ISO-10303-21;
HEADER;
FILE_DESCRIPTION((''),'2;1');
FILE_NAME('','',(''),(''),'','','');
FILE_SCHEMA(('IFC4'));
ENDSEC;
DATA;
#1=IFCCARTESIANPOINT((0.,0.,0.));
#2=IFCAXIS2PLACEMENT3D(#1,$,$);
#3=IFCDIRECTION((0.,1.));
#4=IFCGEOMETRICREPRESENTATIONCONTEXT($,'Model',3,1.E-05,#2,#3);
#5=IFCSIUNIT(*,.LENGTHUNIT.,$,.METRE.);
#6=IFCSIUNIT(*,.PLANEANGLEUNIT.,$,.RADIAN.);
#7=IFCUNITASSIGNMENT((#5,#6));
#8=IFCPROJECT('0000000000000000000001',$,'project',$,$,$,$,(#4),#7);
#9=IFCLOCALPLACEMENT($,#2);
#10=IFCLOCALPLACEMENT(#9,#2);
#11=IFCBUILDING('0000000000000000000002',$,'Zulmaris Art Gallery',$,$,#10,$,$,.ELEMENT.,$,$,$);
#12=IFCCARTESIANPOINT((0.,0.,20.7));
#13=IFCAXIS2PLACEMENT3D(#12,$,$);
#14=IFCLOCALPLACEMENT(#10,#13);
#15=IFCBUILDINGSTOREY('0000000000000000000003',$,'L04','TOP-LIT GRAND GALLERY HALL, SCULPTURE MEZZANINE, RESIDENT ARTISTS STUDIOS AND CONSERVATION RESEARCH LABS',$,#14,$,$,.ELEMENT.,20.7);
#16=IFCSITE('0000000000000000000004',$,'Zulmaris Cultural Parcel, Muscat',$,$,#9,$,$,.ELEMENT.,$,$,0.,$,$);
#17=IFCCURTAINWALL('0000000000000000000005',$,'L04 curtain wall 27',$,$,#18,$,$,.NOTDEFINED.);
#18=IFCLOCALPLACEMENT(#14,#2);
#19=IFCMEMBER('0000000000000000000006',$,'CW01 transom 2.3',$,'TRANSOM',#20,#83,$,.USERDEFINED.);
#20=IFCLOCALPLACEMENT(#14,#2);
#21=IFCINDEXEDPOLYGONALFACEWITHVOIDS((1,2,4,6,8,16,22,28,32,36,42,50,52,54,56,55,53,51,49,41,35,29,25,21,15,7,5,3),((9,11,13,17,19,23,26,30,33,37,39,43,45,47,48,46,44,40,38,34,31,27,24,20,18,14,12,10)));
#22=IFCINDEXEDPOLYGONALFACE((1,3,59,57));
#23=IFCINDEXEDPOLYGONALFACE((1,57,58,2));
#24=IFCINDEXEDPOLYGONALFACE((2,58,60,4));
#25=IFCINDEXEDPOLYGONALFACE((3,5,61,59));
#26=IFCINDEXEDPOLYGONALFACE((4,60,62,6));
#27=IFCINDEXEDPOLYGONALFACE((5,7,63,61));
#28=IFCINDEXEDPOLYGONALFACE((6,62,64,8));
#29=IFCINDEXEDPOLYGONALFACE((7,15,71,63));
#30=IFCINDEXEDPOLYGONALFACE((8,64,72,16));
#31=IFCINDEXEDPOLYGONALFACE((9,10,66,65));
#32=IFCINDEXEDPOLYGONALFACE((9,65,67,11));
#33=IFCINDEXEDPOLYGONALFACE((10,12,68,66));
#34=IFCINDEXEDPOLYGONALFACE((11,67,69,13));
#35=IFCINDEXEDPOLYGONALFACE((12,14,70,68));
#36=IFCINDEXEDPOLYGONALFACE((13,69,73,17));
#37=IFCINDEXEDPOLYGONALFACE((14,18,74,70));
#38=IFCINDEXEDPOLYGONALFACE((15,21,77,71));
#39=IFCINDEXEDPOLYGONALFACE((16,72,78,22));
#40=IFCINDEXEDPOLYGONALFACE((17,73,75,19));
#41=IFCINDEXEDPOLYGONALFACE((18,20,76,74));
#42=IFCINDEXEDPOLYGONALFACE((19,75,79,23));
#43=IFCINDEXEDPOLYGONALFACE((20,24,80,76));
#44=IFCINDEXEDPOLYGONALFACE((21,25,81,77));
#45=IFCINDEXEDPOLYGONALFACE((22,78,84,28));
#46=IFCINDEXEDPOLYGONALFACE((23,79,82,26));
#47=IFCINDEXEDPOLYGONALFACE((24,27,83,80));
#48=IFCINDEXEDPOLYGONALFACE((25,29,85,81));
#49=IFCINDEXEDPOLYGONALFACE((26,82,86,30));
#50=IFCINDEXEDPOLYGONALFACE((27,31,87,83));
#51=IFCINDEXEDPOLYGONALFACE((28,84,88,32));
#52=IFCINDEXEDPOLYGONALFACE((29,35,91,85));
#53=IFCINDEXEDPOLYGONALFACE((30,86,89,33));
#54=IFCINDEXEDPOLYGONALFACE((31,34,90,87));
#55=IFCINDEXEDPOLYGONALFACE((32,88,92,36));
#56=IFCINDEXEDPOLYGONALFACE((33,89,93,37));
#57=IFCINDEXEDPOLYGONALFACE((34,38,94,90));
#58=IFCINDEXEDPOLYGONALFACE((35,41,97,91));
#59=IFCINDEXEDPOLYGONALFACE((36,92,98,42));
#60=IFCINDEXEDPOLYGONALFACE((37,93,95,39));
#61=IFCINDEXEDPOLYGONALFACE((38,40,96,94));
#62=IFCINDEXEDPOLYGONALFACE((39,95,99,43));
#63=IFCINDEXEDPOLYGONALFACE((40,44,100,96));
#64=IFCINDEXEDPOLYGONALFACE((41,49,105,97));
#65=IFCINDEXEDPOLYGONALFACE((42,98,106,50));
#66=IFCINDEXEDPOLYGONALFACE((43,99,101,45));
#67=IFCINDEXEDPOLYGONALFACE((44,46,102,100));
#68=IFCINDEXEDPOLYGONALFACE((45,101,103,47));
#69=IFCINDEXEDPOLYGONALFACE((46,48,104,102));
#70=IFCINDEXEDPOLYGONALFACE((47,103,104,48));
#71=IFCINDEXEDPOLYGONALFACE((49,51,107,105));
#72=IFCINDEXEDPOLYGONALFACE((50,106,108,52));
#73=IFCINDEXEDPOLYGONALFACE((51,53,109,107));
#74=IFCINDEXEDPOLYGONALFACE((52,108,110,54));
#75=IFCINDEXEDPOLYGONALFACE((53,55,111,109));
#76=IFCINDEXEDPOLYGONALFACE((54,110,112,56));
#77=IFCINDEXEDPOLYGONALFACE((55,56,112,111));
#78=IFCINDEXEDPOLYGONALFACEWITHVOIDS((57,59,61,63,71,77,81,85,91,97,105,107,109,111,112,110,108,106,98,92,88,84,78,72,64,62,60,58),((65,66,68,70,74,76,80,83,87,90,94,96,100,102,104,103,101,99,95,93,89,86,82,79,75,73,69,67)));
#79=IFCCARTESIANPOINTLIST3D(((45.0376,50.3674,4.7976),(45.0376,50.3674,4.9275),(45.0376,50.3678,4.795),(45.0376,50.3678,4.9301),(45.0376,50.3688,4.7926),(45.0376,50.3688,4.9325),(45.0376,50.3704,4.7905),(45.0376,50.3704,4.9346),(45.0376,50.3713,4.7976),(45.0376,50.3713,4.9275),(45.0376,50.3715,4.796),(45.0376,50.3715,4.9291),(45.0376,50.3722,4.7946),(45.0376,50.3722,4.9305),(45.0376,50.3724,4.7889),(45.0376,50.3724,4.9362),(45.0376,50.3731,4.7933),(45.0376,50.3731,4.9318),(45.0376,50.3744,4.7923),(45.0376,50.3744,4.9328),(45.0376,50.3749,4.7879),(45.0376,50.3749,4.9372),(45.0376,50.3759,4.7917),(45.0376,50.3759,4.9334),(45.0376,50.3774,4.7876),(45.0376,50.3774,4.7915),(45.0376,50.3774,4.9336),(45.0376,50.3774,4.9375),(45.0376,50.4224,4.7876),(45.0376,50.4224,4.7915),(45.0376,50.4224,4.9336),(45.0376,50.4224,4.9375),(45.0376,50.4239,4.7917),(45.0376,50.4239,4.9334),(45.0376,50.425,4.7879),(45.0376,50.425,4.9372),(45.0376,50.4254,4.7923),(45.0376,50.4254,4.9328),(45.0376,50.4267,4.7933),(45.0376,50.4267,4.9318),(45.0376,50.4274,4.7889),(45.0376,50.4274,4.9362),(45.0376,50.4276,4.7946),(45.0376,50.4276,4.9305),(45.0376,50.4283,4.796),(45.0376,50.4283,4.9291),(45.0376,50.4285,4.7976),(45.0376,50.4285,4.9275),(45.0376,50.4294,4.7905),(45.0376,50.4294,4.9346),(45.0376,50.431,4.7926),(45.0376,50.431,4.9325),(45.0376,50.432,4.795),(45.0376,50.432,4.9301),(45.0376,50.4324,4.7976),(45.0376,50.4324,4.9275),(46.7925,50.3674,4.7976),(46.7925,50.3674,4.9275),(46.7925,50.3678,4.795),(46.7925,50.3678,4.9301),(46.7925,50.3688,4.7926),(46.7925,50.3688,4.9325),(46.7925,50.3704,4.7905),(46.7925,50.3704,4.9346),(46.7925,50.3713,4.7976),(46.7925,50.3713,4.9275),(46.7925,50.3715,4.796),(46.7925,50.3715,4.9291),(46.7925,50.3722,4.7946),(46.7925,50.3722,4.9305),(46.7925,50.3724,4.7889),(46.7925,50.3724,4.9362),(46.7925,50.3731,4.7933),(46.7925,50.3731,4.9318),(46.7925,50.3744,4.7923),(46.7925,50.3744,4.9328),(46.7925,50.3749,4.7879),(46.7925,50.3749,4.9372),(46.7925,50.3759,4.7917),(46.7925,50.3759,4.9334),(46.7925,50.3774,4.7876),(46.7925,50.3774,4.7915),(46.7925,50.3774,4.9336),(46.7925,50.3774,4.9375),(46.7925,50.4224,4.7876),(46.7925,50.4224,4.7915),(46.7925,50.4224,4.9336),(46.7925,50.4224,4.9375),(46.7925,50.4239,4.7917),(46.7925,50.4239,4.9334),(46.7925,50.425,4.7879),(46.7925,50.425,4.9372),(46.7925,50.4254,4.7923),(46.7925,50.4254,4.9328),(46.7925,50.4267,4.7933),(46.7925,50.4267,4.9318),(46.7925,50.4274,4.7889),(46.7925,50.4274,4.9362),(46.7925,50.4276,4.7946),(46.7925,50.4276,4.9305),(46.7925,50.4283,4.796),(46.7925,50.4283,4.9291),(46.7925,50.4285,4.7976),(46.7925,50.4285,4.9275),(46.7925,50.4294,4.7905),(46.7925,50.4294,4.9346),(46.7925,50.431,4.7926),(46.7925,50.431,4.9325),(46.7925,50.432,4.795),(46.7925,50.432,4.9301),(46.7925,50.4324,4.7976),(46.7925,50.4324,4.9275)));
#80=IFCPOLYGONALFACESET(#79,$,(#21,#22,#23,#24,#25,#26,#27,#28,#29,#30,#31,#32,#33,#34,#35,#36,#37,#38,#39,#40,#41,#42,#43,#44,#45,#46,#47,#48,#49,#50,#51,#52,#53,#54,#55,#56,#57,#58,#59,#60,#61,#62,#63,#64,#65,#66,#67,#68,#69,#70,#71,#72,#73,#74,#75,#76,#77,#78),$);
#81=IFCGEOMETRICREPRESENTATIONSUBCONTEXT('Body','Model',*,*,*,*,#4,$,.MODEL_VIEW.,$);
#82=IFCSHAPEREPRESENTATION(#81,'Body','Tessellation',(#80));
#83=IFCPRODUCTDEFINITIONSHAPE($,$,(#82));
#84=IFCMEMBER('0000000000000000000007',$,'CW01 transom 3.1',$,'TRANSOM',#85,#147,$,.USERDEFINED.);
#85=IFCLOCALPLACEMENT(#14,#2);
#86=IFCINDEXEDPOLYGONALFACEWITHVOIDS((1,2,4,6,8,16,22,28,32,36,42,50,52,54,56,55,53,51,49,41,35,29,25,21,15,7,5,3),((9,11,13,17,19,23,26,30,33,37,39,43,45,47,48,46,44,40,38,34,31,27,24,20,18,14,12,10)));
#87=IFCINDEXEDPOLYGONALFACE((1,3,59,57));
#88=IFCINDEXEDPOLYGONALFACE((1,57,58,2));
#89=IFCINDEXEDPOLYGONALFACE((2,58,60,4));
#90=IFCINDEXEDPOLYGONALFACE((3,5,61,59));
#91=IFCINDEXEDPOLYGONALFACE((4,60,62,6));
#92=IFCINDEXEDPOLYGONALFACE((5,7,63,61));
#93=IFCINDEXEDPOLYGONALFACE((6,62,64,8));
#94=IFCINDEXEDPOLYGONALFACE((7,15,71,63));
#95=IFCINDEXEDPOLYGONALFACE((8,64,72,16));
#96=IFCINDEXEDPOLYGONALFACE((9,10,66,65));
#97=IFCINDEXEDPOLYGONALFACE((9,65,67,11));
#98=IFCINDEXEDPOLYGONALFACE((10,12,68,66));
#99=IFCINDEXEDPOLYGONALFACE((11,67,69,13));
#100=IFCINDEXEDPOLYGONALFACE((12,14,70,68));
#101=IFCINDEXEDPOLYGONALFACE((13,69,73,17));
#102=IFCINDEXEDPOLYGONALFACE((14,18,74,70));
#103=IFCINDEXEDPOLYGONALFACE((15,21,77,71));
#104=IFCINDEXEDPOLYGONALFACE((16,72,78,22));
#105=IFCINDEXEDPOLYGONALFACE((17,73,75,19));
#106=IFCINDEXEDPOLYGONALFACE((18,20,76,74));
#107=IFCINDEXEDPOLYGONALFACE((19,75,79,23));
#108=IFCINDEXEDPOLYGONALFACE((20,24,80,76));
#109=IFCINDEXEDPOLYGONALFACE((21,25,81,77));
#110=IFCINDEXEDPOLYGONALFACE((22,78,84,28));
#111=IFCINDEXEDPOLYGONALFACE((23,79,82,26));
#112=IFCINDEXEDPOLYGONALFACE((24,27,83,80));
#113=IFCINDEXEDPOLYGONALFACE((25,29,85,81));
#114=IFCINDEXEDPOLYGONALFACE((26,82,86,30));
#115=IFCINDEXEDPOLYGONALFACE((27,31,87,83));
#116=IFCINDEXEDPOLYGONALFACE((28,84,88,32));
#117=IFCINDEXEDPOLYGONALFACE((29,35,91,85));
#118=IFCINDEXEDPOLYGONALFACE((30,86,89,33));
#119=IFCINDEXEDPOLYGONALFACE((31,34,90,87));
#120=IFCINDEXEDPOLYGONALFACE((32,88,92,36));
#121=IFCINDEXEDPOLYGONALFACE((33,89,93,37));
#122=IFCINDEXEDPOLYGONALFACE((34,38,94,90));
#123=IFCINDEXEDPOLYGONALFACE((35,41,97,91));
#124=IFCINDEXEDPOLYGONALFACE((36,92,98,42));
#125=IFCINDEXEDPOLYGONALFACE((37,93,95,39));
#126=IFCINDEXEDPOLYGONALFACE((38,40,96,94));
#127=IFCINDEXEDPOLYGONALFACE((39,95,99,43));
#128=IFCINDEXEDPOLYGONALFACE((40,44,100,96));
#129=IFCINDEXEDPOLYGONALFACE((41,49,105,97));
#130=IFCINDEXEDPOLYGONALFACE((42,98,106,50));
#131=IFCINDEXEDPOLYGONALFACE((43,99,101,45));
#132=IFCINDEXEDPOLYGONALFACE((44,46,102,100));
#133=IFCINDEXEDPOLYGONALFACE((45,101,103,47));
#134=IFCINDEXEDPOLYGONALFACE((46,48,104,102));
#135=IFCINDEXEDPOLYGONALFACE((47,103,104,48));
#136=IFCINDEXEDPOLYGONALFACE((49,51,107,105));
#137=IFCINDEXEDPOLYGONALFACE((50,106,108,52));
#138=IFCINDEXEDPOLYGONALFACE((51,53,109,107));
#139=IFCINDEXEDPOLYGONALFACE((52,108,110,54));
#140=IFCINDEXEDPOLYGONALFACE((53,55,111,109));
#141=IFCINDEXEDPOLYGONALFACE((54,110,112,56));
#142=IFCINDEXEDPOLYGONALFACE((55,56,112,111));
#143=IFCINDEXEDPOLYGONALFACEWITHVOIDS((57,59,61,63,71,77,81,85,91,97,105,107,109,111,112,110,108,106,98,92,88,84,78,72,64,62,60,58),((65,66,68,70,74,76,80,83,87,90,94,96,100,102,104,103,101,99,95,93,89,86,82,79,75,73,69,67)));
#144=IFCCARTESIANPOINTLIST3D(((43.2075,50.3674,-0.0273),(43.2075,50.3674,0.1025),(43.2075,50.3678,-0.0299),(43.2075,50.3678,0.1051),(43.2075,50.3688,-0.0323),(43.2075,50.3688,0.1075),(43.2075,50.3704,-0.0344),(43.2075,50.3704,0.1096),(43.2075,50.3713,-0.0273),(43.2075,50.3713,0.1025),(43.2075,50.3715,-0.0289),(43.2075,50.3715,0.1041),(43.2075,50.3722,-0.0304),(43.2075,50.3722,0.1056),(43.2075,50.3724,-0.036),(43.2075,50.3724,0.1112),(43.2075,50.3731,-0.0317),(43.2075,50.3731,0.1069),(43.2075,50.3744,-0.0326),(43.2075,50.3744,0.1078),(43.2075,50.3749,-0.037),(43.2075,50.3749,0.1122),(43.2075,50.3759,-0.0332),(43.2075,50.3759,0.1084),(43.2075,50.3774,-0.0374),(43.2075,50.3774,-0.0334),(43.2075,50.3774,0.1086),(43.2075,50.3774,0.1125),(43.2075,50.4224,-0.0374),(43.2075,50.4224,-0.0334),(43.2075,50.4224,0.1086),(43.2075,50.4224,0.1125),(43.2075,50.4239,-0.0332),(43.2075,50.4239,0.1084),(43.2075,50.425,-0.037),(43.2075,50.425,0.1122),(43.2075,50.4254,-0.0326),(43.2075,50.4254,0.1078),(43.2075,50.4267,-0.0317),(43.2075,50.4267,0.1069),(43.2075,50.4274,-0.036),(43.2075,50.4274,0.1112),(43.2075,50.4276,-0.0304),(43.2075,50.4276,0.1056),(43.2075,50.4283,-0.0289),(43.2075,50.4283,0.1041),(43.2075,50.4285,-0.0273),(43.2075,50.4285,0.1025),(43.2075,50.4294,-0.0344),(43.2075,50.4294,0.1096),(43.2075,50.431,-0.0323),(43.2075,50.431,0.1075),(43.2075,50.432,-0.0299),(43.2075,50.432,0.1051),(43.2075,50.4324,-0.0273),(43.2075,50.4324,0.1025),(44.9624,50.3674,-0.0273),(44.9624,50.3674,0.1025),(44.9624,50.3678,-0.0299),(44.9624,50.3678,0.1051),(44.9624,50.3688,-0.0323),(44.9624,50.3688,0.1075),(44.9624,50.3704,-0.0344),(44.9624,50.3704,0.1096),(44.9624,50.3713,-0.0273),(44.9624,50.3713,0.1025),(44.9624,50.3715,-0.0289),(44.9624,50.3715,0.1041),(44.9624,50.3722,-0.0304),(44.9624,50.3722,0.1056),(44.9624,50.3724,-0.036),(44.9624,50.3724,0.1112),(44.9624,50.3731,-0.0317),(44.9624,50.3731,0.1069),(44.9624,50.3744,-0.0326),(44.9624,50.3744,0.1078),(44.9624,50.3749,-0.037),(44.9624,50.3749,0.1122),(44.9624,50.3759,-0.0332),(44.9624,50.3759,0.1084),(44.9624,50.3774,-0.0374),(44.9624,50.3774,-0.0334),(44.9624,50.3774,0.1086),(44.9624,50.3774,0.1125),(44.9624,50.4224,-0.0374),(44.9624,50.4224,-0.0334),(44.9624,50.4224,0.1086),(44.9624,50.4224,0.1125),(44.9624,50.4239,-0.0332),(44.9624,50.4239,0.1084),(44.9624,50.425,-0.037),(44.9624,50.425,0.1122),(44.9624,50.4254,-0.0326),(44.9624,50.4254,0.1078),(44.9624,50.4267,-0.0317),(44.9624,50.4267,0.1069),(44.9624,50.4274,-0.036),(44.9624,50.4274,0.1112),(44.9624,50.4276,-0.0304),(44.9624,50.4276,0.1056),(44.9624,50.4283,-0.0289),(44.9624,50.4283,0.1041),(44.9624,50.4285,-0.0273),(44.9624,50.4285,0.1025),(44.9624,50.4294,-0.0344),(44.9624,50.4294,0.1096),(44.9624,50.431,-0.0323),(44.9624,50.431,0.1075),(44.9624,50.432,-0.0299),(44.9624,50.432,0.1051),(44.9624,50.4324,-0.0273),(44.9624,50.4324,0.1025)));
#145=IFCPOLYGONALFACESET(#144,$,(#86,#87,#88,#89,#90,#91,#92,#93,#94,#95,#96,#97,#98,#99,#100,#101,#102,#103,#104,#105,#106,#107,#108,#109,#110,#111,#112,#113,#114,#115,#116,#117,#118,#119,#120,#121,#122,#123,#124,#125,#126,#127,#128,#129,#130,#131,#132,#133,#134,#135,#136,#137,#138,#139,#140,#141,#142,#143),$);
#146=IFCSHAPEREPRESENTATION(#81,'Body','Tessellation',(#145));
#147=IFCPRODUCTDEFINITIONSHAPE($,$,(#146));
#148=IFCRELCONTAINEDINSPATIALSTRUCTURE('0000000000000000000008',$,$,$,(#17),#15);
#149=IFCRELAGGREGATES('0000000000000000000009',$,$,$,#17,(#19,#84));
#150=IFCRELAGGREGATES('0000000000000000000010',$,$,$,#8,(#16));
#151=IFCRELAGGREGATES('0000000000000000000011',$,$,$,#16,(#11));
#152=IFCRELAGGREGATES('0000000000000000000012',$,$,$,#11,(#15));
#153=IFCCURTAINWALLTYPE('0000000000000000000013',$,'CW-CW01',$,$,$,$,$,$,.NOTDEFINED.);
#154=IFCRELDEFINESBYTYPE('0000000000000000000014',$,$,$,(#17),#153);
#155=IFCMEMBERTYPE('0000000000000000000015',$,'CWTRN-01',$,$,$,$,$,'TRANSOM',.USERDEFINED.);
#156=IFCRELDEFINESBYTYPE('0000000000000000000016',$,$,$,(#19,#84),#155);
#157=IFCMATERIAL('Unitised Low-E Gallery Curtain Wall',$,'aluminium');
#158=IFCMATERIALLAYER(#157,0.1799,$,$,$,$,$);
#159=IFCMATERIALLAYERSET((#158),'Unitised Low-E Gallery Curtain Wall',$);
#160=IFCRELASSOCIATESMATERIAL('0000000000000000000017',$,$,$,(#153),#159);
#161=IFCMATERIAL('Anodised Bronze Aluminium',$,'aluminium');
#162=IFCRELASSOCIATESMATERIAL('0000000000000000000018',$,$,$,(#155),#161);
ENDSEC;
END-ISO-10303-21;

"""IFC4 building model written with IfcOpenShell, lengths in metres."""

from ifc_helpers import new_model, si_unit, direction, frame, origin, origin_2d, place, context, subcontext, project, spatial, hollow_rectangle, extrude, material, layer, layer_set, material_profile, profile_set, type_object, element, aggregate, save


model = new_model("IFC4")

# Units and contexts
model_context = context("Model", 3, precision=1e-05, world=origin(), true_north=direction((0.0, 1.0)))
body_context = subcontext(model_context, "Body", "Model", "MODEL_VIEW")
ifc_project = project(units=[si_unit("LENGTHUNIT", "METRE"), si_unit("PLANEANGLEUNIT", "RADIAN")], contexts=[model_context])

# Site, building, storey
site_placement = place(None, origin())
site = spatial("IfcSite", under=ifc_project, at=site_placement, Name="Zulmaris Cultural Parcel, Muscat", CompositionType="ELEMENT", RefElevation=0.0)
building_placement = place(site_placement, origin())
building = spatial("IfcBuilding", under=site, at=building_placement, Name="Zulmaris Art Gallery", CompositionType="ELEMENT")
storey_placement = place(building_placement, frame((0.0, 0.0, 20.7)))
storey = spatial("IfcBuildingStorey", under=building, at=storey_placement, Name="L04", Description="TOP-LIT GRAND GALLERY HALL, SCULPTURE MEZZANINE, RESIDENT ARTISTS STUDIOS AND CONSERVATION RESEARCH LABS", CompositionType="ELEMENT", Elevation=20.7)

# Shared definitions
ifc_material_1 = material(Name="Unitised Low-E Gallery Curtain Wall", Category="aluminium")
ifc_layer_1 = layer(ifc_material_1, 0.1799)
ifc_layer_set_1 = layer_set([ifc_layer_1], Name="Unitised Low-E Gallery Curtain Wall")
curtain_wall_type = type_object("IfcCurtainWallType", Name="CW-CW01", PredefinedType="NOTDEFINED", material=ifc_layer_set_1)
ifc_material_2 = material(Name="Anodised Bronze Aluminium", Category="aluminium")

# Curtain wall, members
curtain_wall_1_placement = place(storey_placement, origin())
curtain_wall_1 = element("IfcCurtainWall", 1, at=curtain_wall_1_placement, inside=storey, type_object=curtain_wall_type, Name="L04 curtain wall 27", PredefinedType="NOTDEFINED")
ifc_material_profile_1 = material_profile(ifc_material_2, hollow_rectangle(XDim=0.0649, YDim=0.1499, WallThickness=0.0039, InnerFilletRadius=0.0061, OuterFilletRadius=0.01, at=origin_2d()), Name="ALU 65x150x4")
ifc_profile_set_1 = profile_set([ifc_material_profile_1], Name="Anodised Bronze Aluminium")
member_type_1 = type_object("IfcMemberType", Name="CWTRN-01", ElementType="TRANSOM", PredefinedType="USERDEFINED", material=ifc_profile_set_1)
member_1_placement = place(storey_placement, frame((46.7925, 50.3999, 4.8625), z_axis=(-1.0, 0.0, 0.0), x_axis=(0.0, -1.0, 0.0)))
member_1 = element("IfcMember", 2, at=member_1_placement, type_object=member_type_1, Name="CW01 transom 2.3", ObjectType="TRANSOM", PredefinedType="USERDEFINED", context=body_context, shape_type="SweptSolid", body=[
    extrude(hollow_rectangle(XDim=0.0649, YDim=0.1499, WallThickness=0.0039, InnerFilletRadius=0.0061, OuterFilletRadius=0.01, at=origin_2d()), origin(), (0.0, 0.0, 1.0), 1.7549),
])
member_2_placement = place(storey_placement, frame((44.9624, 50.3999, 0.0376), z_axis=(-1.0, 0.0, 0.0), x_axis=(0.0, -1.0, 0.0)))
member_2 = element("IfcMember", 3, at=member_2_placement, type_object=member_type_1, Name="CW01 transom 3.1", ObjectType="TRANSOM", PredefinedType="USERDEFINED", context=body_context, shape_type="SweptSolid", body=[
    extrude(hollow_rectangle(XDim=0.0649, YDim=0.1499, WallThickness=0.0039, InnerFilletRadius=0.0061, OuterFilletRadius=0.01, at=origin_2d()), origin(), (0.0, 0.0, 1.0), 1.7549),
])
aggregate(curtain_wall_1, [member_1, member_2])

save(model, "model.ifc")
